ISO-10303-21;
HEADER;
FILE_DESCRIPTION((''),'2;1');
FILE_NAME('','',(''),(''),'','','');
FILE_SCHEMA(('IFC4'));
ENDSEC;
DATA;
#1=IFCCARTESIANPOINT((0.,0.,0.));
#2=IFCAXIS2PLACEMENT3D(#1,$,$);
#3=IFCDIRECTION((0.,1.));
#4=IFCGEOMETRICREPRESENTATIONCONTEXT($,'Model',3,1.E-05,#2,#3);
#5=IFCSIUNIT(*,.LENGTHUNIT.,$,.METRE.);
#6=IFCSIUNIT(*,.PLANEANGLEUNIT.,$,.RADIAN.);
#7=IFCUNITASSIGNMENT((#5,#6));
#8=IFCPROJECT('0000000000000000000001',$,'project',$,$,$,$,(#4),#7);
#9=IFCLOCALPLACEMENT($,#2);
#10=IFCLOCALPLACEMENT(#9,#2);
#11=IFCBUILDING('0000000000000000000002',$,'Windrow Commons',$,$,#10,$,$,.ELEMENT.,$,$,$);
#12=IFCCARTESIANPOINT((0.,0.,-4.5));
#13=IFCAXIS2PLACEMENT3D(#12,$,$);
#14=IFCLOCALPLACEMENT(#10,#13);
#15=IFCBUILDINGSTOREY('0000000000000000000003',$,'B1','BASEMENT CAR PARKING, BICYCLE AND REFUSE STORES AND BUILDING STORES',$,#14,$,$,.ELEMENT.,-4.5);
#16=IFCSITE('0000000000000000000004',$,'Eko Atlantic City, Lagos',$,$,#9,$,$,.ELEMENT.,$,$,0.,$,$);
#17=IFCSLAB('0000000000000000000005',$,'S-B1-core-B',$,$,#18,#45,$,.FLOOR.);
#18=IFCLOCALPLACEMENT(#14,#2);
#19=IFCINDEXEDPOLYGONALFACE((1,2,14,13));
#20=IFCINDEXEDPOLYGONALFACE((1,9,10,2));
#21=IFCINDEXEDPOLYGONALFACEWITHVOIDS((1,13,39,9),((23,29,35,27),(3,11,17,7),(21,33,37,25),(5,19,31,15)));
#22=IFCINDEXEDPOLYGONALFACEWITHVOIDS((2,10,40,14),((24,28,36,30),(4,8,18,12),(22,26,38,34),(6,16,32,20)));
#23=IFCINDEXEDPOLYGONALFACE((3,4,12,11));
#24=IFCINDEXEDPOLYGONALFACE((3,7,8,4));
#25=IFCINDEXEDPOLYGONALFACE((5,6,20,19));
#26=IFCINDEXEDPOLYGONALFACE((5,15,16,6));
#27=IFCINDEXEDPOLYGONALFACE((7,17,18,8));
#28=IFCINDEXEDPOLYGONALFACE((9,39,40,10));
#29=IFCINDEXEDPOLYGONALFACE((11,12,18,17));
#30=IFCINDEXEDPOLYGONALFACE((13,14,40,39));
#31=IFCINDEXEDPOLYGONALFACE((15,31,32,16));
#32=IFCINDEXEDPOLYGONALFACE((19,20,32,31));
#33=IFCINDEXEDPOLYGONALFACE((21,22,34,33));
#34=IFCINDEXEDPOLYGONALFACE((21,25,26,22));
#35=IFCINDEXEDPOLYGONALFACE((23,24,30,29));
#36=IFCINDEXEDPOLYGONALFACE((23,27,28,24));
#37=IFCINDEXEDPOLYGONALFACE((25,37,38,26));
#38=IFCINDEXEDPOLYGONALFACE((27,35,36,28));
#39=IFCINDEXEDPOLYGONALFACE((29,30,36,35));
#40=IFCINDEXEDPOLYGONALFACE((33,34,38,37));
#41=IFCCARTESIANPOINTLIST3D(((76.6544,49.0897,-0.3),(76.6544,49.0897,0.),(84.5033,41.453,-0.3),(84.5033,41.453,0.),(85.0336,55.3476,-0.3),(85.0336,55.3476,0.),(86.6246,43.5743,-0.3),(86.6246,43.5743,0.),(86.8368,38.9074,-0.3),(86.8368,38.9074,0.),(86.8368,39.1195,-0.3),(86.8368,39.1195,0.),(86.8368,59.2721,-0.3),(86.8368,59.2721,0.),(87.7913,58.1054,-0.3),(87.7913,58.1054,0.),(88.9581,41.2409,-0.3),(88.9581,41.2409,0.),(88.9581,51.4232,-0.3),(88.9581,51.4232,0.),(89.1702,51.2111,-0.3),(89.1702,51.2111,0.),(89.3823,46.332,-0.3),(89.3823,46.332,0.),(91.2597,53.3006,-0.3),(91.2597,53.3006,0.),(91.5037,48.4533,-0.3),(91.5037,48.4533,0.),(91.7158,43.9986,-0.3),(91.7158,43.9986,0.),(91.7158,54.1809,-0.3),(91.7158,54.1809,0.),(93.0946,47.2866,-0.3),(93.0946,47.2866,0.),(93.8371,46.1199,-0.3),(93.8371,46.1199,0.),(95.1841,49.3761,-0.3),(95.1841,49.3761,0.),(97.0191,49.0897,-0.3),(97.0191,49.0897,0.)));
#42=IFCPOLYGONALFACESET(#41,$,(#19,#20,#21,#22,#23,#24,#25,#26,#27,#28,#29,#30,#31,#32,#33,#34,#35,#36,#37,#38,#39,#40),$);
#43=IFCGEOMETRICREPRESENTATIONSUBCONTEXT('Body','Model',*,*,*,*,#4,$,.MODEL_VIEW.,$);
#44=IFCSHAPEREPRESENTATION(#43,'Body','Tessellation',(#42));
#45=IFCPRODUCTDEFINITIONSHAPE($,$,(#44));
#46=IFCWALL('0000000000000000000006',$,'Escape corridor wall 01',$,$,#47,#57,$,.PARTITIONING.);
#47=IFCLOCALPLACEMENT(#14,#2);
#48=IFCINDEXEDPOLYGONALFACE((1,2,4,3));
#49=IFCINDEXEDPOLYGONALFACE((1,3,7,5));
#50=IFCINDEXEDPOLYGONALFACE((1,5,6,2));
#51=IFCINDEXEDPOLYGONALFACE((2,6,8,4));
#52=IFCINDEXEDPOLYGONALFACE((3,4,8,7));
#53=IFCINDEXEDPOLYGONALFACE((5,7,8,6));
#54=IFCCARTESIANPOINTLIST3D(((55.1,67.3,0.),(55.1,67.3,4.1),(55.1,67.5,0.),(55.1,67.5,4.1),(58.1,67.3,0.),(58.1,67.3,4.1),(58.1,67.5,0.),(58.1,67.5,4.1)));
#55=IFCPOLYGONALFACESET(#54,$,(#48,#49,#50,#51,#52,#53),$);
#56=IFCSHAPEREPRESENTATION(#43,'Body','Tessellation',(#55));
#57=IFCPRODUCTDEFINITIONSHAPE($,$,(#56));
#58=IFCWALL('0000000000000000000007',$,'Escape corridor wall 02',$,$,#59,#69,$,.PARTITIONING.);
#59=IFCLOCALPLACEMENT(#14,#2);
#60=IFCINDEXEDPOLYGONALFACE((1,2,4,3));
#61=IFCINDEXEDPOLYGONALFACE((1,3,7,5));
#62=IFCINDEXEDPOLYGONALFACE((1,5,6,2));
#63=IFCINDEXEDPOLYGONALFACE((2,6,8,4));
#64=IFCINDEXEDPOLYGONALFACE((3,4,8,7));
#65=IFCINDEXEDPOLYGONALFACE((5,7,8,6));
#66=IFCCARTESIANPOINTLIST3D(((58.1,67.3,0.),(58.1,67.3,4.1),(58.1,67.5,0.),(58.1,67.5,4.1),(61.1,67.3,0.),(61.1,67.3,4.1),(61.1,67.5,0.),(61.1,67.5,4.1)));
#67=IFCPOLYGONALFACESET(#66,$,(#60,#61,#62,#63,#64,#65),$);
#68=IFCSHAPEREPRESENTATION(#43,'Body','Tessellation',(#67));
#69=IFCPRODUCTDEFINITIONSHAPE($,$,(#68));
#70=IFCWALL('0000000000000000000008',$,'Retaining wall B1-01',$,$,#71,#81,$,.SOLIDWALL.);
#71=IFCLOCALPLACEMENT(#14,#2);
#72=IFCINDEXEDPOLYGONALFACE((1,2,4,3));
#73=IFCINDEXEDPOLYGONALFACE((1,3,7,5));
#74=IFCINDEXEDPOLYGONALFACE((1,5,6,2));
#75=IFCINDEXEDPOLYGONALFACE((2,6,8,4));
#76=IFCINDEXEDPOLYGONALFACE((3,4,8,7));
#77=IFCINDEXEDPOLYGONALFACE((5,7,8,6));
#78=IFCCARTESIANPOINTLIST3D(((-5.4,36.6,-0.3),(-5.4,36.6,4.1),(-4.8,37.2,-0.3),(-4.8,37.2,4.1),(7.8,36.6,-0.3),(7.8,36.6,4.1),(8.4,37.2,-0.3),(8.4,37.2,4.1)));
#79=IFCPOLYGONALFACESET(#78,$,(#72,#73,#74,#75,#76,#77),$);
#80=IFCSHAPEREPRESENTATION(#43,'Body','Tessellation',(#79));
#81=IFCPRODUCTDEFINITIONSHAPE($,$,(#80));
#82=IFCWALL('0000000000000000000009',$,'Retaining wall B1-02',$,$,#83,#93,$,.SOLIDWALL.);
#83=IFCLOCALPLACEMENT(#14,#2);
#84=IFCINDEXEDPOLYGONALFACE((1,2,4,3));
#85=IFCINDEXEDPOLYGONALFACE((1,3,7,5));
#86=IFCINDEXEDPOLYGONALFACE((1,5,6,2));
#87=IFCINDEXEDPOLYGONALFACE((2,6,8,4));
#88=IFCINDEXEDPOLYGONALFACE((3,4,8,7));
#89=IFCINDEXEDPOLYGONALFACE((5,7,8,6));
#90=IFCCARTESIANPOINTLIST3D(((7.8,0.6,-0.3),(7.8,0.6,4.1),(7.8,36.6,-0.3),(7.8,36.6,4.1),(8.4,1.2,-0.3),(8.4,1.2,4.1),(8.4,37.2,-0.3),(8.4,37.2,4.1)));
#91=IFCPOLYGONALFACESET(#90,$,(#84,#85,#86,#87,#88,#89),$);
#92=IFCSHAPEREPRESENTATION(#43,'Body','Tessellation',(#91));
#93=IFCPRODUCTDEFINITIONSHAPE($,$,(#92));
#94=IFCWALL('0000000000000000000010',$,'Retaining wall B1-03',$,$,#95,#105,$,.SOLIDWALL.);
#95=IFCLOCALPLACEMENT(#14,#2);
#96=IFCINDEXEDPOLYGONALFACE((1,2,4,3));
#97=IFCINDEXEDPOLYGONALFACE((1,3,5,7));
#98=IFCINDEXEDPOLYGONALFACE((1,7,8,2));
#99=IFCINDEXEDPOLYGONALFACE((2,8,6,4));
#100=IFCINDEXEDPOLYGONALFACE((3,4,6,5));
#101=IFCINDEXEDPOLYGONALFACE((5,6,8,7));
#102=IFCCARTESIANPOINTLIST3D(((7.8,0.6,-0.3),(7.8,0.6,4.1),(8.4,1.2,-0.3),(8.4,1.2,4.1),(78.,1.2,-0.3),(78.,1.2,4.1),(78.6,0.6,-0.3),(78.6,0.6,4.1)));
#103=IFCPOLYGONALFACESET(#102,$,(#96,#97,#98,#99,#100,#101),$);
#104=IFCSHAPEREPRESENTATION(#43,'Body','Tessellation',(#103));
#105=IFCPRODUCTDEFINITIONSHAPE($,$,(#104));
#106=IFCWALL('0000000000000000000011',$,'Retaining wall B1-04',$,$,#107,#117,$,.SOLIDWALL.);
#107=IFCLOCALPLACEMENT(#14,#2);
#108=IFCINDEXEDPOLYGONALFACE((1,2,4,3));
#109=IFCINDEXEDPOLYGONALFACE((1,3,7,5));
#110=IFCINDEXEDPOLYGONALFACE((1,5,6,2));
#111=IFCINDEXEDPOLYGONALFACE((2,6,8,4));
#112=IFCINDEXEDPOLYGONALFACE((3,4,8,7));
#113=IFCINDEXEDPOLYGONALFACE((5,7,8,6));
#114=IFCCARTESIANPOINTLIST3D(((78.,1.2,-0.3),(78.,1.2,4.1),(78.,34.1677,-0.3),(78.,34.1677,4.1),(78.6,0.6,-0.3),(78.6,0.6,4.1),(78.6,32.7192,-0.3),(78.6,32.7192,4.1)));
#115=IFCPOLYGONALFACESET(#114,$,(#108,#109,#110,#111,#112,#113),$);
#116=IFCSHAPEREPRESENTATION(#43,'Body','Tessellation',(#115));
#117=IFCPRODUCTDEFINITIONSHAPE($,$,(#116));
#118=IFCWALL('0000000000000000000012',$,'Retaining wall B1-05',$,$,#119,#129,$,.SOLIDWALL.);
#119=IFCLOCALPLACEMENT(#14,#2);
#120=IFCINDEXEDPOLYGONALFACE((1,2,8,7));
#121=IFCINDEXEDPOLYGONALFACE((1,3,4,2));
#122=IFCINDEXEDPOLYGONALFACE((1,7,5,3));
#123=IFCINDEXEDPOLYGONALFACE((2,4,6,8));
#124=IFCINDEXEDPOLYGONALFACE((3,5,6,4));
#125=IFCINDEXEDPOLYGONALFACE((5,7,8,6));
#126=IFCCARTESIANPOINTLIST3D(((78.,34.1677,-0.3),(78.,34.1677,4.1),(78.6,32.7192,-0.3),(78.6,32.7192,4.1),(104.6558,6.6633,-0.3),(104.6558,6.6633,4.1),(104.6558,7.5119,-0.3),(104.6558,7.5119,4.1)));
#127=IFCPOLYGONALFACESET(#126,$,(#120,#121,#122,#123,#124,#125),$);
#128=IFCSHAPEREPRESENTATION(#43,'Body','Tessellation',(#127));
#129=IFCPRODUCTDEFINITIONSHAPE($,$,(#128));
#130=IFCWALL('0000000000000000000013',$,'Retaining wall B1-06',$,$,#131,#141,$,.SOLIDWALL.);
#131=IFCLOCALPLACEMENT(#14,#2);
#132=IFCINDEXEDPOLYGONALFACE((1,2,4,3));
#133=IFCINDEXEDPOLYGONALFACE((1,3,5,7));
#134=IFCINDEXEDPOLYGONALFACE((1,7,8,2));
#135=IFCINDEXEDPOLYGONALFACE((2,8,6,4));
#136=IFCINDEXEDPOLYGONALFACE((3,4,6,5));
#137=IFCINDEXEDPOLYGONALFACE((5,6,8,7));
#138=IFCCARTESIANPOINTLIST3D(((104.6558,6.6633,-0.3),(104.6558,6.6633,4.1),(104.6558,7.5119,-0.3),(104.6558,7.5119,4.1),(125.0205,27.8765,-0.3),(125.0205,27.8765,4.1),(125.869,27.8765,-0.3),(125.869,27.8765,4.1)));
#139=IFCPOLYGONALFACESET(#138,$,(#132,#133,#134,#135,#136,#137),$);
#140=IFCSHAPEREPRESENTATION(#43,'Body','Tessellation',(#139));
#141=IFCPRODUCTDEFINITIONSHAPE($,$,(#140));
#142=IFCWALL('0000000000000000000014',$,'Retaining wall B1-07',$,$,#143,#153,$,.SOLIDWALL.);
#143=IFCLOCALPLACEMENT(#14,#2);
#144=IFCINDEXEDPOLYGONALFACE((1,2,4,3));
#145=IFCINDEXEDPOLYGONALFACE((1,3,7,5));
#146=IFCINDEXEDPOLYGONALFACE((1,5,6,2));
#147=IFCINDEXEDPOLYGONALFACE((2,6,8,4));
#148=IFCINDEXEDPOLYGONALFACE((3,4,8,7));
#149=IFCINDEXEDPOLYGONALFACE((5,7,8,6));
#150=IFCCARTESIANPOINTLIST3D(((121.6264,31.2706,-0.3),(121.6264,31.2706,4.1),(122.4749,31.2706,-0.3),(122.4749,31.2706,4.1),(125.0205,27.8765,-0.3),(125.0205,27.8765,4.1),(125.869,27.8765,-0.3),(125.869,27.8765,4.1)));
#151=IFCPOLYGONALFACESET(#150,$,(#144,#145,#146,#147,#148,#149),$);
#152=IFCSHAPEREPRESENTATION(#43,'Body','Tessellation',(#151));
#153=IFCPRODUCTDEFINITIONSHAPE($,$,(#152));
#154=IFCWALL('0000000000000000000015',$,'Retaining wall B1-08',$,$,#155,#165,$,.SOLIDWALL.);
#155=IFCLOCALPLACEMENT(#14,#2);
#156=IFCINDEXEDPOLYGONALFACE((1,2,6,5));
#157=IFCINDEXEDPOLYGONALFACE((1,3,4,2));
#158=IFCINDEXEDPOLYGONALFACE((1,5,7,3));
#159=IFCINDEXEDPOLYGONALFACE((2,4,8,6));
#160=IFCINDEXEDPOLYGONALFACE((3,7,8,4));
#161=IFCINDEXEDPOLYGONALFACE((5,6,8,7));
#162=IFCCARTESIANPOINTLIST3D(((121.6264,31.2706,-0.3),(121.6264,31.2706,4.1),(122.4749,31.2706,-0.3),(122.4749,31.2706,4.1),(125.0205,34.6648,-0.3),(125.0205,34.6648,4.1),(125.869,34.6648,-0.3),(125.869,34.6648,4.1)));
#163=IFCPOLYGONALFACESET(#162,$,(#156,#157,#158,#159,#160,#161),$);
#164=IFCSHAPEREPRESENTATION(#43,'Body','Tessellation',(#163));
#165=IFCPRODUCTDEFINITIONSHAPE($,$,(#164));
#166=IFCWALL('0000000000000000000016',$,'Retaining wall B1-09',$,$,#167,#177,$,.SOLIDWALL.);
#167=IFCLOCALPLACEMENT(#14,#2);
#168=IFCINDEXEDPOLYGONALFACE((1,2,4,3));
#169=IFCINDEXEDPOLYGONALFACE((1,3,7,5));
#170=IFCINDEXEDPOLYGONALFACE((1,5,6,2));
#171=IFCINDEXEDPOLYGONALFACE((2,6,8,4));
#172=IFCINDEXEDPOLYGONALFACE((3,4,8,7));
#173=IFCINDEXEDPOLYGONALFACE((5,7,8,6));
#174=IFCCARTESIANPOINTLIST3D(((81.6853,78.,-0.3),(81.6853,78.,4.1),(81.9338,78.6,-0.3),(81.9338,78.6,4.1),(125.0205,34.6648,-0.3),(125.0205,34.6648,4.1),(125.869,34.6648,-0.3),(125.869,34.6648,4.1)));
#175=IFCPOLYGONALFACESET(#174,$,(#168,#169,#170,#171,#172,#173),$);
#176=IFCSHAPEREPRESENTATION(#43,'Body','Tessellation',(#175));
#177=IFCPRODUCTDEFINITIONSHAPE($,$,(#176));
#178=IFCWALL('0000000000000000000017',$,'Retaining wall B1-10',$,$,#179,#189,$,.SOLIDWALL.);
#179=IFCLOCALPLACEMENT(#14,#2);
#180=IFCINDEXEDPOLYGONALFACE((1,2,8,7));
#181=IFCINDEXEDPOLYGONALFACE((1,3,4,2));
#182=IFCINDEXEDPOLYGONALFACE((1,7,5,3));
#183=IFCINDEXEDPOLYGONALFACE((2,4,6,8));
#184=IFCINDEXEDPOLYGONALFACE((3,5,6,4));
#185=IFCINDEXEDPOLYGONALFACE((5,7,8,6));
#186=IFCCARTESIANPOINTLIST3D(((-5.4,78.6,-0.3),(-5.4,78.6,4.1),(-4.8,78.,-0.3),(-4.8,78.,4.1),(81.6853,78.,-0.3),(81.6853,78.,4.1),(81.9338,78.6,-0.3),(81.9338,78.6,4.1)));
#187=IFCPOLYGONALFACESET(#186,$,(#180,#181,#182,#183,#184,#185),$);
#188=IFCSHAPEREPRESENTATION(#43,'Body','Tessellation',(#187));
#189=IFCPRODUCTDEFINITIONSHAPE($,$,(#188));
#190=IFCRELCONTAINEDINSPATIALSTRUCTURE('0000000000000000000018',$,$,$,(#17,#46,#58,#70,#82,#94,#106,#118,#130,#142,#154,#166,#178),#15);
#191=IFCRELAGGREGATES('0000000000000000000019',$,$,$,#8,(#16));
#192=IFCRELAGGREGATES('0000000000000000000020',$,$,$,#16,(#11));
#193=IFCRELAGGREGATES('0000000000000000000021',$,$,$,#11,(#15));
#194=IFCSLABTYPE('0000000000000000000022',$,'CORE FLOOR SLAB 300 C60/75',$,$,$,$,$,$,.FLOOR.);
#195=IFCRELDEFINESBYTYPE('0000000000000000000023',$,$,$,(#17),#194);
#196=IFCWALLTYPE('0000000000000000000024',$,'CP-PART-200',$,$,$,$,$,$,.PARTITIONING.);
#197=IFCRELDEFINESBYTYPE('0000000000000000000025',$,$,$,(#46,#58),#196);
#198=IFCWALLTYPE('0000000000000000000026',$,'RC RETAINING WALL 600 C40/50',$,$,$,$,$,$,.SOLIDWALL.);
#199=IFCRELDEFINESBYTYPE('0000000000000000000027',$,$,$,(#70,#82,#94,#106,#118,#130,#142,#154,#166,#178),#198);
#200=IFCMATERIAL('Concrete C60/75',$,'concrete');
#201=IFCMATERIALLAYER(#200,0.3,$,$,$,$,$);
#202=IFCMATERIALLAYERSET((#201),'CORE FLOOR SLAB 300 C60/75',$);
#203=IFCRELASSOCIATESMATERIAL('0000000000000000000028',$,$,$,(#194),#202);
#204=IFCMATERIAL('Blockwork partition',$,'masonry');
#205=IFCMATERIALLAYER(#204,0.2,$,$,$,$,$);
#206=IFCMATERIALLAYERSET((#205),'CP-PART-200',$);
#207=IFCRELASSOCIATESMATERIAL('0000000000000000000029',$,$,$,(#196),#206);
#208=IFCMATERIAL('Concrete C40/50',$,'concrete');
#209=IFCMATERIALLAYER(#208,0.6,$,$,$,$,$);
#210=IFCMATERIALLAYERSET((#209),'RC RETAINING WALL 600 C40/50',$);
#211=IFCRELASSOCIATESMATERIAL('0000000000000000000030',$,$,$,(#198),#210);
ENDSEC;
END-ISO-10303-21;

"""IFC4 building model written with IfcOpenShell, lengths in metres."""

from ifc_helpers import new_model, si_unit, direction, frame, origin, place, context, subcontext, project, spatial, polyline, outline, extrude, material, layer, layer_set, type_object, element, save


model = new_model("IFC4")

# Units and contexts
model_context = context("Model", 3, precision=1e-05, world=origin(), true_north=direction((0.0, 1.0)))
body_context = subcontext(model_context, "Body", "Model", "MODEL_VIEW")
ifc_project = project(units=[si_unit("LENGTHUNIT", "METRE"), si_unit("PLANEANGLEUNIT", "RADIAN")], contexts=[model_context])

# Site, building, storey
site_placement = place(None, origin())
site = spatial("IfcSite", under=ifc_project, at=site_placement, Name="Eko Atlantic City, Lagos", CompositionType="ELEMENT", RefElevation=0.0)
building_placement = place(site_placement, origin())
building = spatial("IfcBuilding", under=site, at=building_placement, Name="Windrow Commons", CompositionType="ELEMENT")
storey_placement = place(building_placement, frame((0.0, 0.0, -4.5)))
storey = spatial("IfcBuildingStorey", under=building, at=storey_placement, Name="B1", Description="BASEMENT CAR PARKING, BICYCLE AND REFUSE STORES AND BUILDING STORES", CompositionType="ELEMENT", Elevation=-4.5)

# Slab, openings
ifc_material_1 = material(Name="Concrete C60/75", Category="concrete")
ifc_layer_1 = layer(ifc_material_1, 0.3)
ifc_layer_set_1 = layer_set([ifc_layer_1], Name="CORE FLOOR SLAB 300 C60/75")
slab_type_1 = type_object("IfcSlabType", Name="CORE FLOOR SLAB 300 C60/75", PredefinedType="FLOOR", material=ifc_layer_set_1)
placement_1 = place(storey_placement, frame((0.0, 0.0, -0.3)))
slab_1 = element("IfcSlab", 1, at=placement_1, inside=storey, type_object=slab_type_1, Name="S-B1-core-B", PredefinedType="FLOOR", context=body_context, shape_type="SweptSolid", body=[
    extrude(outline(polyline([(76.6544, 49.0897), (86.8368, 38.9074), (97.0191, 49.0897), (86.8368, 59.2721), (76.6544, 49.0897)]), holes=[polyline([(84.5033, 41.453), (86.8368, 39.1195), (88.9581, 41.2409), (86.6246, 43.5743), (84.5033, 41.453)]), polyline([(89.3823, 46.332), (91.7158, 43.9986), (93.8371, 46.1199), (91.5037, 48.4533), (89.3823, 46.332)]), polyline([(85.0336, 55.3476), (88.9581, 51.4232), (91.7158, 54.1809), (87.7913, 58.1054), (85.0336, 55.3476)]), polyline([(89.1702, 51.2111), (93.0946, 47.2866), (95.1841, 49.3761), (91.2597, 53.3006), (89.1702, 51.2111)])]), origin(), (0.0, 0.0, 1.0), 0.3),
])
opening_1_placement = place(placement_1, origin())
element("IfcOpeningElement", 2, at=opening_1_placement, cuts=slab_1, PredefinedType="OPENING", context=body_context, shape_type="SweptSolid", body=[
    extrude(outline(polyline([(84.5104, 41.453), (86.6246, 43.5672), (88.951, 41.2409), (86.8368, 39.1266), (84.5104, 41.453)])), origin(), (0.0, 0.0, 1.0), 0.3),
])
opening_2_placement = place(placement_1, origin())
element("IfcOpeningElement", 3, at=opening_2_placement, cuts=slab_1, PredefinedType="OPENING", context=body_context, shape_type="SweptSolid", body=[
    extrude(outline(polyline([(89.3894, 46.332), (91.5037, 48.4462), (93.83, 46.1199), (91.7158, 44.0057), (89.3894, 46.332)])), origin(), (0.0, 0.0, 1.0), 0.3),
])
opening_3_placement = place(placement_1, origin())
element("IfcOpeningElement", 4, at=opening_3_placement, cuts=slab_1, PredefinedType="OPENING", context=body_context, shape_type="SweptSolid", body=[
    extrude(outline(polyline([(85.0407, 55.3476), (87.7913, 58.0983), (91.7087, 54.1809), (88.9581, 51.4303), (85.0407, 55.3476)])), origin(), (0.0, 0.0, 1.0), 0.3),
])
opening_4_placement = place(placement_1, origin())
element("IfcOpeningElement", 5, at=opening_4_placement, cuts=slab_1, PredefinedType="OPENING", context=body_context, shape_type="SweptSolid", body=[
    extrude(outline(polyline([(89.1773, 51.2111), (91.2597, 53.2935), (95.177, 49.3761), (93.0946, 47.2937), (89.1773, 51.2111)])), origin(), (0.0, 0.0, 1.0), 0.3),
])

# Walls
ifc_material_2 = material(Name="Blockwork partition", Category="masonry")
ifc_layer_2 = layer(ifc_material_2, 0.2)
ifc_layer_set_2 = layer_set([ifc_layer_2], Name="CP-PART-200")
wall_type_1 = type_object("IfcWallType", Name="CP-PART-200", PredefinedType="PARTITIONING", material=ifc_layer_set_2)
placement_2 = place(storey_placement, origin())
element("IfcWall", 6, at=placement_2, inside=storey, type_object=wall_type_1, Name="Escape corridor wall 01", PredefinedType="PARTITIONING", context=body_context, shape_type="SweptSolid", body=[
    extrude(outline(polyline([(55.1, 67.3), (58.1, 67.3), (58.1, 67.5), (55.1, 67.5), (55.1, 67.3)])), origin(), (0.0, 0.0, 1.0), 4.1),
])
element("IfcWall", 7, at=placement_2, inside=storey, type_object=wall_type_1, Name="Escape corridor wall 02", PredefinedType="PARTITIONING", context=body_context, shape_type="SweptSolid", body=[
    extrude(outline(polyline([(58.1, 67.3), (61.1, 67.3), (61.1, 67.5), (58.1, 67.5), (58.1, 67.3)])), origin(), (0.0, 0.0, 1.0), 4.1),
])
ifc_material_3 = material(Name="Concrete C40/50", Category="concrete")
ifc_layer_3 = layer(ifc_material_3, 0.6)
ifc_layer_set_3 = layer_set([ifc_layer_3], Name="RC RETAINING WALL 600 C40/50")
wall_type_2 = type_object("IfcWallType", Name="RC RETAINING WALL 600 C40/50", PredefinedType="SOLIDWALL", material=ifc_layer_set_3)
element("IfcWall", 8, at=placement_1, inside=storey, type_object=wall_type_2, Name="Retaining wall B1-01", PredefinedType="SOLIDWALL", context=body_context, shape_type="SweptSolid", body=[
    extrude(outline(polyline([(-4.8, 37.2), (8.4, 37.2), (7.8, 36.6), (-5.4, 36.6), (-4.8, 37.2)])), origin(), (0.0, 0.0, 1.0), 4.4),
])
element("IfcWall", 9, at=placement_1, inside=storey, type_object=wall_type_2, Name="Retaining wall B1-02", PredefinedType="SOLIDWALL", context=body_context, shape_type="SweptSolid", body=[
    extrude(outline(polyline([(8.4, 37.2), (8.4, 1.2), (7.8, 0.6), (7.8, 36.6), (8.4, 37.2)])), origin(), (0.0, 0.0, 1.0), 4.4),
])
element("IfcWall", 10, at=placement_1, inside=storey, type_object=wall_type_2, Name="Retaining wall B1-03", PredefinedType="SOLIDWALL", context=body_context, shape_type="SweptSolid", body=[
    extrude(outline(polyline([(8.4, 1.2), (78.0, 1.2), (78.6, 0.6), (7.8, 0.6), (8.4, 1.2)])), origin(), (0.0, 0.0, 1.0), 4.4),
])
element("IfcWall", 11, at=placement_1, inside=storey, type_object=wall_type_2, Name="Retaining wall B1-04", PredefinedType="SOLIDWALL", context=body_context, shape_type="SweptSolid", body=[
    extrude(outline(polyline([(78.0, 1.2), (78.0, 34.1677), (78.6, 32.7192), (78.6, 0.6), (78.0, 1.2)])), origin(), (0.0, 0.0, 1.0), 4.4),
])
element("IfcWall", 12, at=placement_1, inside=storey, type_object=wall_type_2, Name="Retaining wall B1-05", PredefinedType="SOLIDWALL", context=body_context, shape_type="SweptSolid", body=[
    extrude(outline(polyline([(78.0, 34.1677), (104.6558, 7.5119), (104.6558, 6.6633), (78.6, 32.7192), (78.0, 34.1677)])), origin(), (0.0, 0.0, 1.0), 4.4),
])
element("IfcWall", 13, at=placement_1, inside=storey, type_object=wall_type_2, Name="Retaining wall B1-06", PredefinedType="SOLIDWALL", context=body_context, shape_type="SweptSolid", body=[
    extrude(outline(polyline([(104.6558, 7.5119), (125.0205, 27.8765), (125.869, 27.8765), (104.6558, 6.6633), (104.6558, 7.5119)])), origin(), (0.0, 0.0, 1.0), 4.4),
])
element("IfcWall", 14, at=placement_1, inside=storey, type_object=wall_type_2, Name="Retaining wall B1-07", PredefinedType="SOLIDWALL", context=body_context, shape_type="SweptSolid", body=[
    extrude(outline(polyline([(125.0205, 27.8765), (121.6264, 31.2706), (122.4749, 31.2706), (125.869, 27.8765), (125.0205, 27.8765)])), origin(), (0.0, 0.0, 1.0), 4.4),
])
element("IfcWall", 15, at=placement_1, inside=storey, type_object=wall_type_2, Name="Retaining wall B1-08", PredefinedType="SOLIDWALL", context=body_context, shape_type="SweptSolid", body=[
    extrude(outline(polyline([(121.6264, 31.2706), (125.0205, 34.6648), (125.869, 34.6648), (122.4749, 31.2706), (121.6264, 31.2706)])), origin(), (0.0, 0.0, 1.0), 4.4),
])
element("IfcWall", 16, at=placement_1, inside=storey, type_object=wall_type_2, Name="Retaining wall B1-09", PredefinedType="SOLIDWALL", context=body_context, shape_type="SweptSolid", body=[
    extrude(outline(polyline([(125.0205, 34.6648), (81.6853, 78.0), (81.9338, 78.6), (125.869, 34.6648), (125.0205, 34.6648)])), origin(), (0.0, 0.0, 1.0), 4.4),
])
element("IfcWall", 17, at=placement_1, inside=storey, type_object=wall_type_2, Name="Retaining wall B1-10", PredefinedType="SOLIDWALL", context=body_context, shape_type="SweptSolid", body=[
    extrude(outline(polyline([(81.6853, 78.0), (-4.8, 78.0), (-5.4, 78.6), (81.9338, 78.6), (81.6853, 78.0)])), origin(), (0.0, 0.0, 1.0), 4.4),
])

save(model, "model.ifc")
